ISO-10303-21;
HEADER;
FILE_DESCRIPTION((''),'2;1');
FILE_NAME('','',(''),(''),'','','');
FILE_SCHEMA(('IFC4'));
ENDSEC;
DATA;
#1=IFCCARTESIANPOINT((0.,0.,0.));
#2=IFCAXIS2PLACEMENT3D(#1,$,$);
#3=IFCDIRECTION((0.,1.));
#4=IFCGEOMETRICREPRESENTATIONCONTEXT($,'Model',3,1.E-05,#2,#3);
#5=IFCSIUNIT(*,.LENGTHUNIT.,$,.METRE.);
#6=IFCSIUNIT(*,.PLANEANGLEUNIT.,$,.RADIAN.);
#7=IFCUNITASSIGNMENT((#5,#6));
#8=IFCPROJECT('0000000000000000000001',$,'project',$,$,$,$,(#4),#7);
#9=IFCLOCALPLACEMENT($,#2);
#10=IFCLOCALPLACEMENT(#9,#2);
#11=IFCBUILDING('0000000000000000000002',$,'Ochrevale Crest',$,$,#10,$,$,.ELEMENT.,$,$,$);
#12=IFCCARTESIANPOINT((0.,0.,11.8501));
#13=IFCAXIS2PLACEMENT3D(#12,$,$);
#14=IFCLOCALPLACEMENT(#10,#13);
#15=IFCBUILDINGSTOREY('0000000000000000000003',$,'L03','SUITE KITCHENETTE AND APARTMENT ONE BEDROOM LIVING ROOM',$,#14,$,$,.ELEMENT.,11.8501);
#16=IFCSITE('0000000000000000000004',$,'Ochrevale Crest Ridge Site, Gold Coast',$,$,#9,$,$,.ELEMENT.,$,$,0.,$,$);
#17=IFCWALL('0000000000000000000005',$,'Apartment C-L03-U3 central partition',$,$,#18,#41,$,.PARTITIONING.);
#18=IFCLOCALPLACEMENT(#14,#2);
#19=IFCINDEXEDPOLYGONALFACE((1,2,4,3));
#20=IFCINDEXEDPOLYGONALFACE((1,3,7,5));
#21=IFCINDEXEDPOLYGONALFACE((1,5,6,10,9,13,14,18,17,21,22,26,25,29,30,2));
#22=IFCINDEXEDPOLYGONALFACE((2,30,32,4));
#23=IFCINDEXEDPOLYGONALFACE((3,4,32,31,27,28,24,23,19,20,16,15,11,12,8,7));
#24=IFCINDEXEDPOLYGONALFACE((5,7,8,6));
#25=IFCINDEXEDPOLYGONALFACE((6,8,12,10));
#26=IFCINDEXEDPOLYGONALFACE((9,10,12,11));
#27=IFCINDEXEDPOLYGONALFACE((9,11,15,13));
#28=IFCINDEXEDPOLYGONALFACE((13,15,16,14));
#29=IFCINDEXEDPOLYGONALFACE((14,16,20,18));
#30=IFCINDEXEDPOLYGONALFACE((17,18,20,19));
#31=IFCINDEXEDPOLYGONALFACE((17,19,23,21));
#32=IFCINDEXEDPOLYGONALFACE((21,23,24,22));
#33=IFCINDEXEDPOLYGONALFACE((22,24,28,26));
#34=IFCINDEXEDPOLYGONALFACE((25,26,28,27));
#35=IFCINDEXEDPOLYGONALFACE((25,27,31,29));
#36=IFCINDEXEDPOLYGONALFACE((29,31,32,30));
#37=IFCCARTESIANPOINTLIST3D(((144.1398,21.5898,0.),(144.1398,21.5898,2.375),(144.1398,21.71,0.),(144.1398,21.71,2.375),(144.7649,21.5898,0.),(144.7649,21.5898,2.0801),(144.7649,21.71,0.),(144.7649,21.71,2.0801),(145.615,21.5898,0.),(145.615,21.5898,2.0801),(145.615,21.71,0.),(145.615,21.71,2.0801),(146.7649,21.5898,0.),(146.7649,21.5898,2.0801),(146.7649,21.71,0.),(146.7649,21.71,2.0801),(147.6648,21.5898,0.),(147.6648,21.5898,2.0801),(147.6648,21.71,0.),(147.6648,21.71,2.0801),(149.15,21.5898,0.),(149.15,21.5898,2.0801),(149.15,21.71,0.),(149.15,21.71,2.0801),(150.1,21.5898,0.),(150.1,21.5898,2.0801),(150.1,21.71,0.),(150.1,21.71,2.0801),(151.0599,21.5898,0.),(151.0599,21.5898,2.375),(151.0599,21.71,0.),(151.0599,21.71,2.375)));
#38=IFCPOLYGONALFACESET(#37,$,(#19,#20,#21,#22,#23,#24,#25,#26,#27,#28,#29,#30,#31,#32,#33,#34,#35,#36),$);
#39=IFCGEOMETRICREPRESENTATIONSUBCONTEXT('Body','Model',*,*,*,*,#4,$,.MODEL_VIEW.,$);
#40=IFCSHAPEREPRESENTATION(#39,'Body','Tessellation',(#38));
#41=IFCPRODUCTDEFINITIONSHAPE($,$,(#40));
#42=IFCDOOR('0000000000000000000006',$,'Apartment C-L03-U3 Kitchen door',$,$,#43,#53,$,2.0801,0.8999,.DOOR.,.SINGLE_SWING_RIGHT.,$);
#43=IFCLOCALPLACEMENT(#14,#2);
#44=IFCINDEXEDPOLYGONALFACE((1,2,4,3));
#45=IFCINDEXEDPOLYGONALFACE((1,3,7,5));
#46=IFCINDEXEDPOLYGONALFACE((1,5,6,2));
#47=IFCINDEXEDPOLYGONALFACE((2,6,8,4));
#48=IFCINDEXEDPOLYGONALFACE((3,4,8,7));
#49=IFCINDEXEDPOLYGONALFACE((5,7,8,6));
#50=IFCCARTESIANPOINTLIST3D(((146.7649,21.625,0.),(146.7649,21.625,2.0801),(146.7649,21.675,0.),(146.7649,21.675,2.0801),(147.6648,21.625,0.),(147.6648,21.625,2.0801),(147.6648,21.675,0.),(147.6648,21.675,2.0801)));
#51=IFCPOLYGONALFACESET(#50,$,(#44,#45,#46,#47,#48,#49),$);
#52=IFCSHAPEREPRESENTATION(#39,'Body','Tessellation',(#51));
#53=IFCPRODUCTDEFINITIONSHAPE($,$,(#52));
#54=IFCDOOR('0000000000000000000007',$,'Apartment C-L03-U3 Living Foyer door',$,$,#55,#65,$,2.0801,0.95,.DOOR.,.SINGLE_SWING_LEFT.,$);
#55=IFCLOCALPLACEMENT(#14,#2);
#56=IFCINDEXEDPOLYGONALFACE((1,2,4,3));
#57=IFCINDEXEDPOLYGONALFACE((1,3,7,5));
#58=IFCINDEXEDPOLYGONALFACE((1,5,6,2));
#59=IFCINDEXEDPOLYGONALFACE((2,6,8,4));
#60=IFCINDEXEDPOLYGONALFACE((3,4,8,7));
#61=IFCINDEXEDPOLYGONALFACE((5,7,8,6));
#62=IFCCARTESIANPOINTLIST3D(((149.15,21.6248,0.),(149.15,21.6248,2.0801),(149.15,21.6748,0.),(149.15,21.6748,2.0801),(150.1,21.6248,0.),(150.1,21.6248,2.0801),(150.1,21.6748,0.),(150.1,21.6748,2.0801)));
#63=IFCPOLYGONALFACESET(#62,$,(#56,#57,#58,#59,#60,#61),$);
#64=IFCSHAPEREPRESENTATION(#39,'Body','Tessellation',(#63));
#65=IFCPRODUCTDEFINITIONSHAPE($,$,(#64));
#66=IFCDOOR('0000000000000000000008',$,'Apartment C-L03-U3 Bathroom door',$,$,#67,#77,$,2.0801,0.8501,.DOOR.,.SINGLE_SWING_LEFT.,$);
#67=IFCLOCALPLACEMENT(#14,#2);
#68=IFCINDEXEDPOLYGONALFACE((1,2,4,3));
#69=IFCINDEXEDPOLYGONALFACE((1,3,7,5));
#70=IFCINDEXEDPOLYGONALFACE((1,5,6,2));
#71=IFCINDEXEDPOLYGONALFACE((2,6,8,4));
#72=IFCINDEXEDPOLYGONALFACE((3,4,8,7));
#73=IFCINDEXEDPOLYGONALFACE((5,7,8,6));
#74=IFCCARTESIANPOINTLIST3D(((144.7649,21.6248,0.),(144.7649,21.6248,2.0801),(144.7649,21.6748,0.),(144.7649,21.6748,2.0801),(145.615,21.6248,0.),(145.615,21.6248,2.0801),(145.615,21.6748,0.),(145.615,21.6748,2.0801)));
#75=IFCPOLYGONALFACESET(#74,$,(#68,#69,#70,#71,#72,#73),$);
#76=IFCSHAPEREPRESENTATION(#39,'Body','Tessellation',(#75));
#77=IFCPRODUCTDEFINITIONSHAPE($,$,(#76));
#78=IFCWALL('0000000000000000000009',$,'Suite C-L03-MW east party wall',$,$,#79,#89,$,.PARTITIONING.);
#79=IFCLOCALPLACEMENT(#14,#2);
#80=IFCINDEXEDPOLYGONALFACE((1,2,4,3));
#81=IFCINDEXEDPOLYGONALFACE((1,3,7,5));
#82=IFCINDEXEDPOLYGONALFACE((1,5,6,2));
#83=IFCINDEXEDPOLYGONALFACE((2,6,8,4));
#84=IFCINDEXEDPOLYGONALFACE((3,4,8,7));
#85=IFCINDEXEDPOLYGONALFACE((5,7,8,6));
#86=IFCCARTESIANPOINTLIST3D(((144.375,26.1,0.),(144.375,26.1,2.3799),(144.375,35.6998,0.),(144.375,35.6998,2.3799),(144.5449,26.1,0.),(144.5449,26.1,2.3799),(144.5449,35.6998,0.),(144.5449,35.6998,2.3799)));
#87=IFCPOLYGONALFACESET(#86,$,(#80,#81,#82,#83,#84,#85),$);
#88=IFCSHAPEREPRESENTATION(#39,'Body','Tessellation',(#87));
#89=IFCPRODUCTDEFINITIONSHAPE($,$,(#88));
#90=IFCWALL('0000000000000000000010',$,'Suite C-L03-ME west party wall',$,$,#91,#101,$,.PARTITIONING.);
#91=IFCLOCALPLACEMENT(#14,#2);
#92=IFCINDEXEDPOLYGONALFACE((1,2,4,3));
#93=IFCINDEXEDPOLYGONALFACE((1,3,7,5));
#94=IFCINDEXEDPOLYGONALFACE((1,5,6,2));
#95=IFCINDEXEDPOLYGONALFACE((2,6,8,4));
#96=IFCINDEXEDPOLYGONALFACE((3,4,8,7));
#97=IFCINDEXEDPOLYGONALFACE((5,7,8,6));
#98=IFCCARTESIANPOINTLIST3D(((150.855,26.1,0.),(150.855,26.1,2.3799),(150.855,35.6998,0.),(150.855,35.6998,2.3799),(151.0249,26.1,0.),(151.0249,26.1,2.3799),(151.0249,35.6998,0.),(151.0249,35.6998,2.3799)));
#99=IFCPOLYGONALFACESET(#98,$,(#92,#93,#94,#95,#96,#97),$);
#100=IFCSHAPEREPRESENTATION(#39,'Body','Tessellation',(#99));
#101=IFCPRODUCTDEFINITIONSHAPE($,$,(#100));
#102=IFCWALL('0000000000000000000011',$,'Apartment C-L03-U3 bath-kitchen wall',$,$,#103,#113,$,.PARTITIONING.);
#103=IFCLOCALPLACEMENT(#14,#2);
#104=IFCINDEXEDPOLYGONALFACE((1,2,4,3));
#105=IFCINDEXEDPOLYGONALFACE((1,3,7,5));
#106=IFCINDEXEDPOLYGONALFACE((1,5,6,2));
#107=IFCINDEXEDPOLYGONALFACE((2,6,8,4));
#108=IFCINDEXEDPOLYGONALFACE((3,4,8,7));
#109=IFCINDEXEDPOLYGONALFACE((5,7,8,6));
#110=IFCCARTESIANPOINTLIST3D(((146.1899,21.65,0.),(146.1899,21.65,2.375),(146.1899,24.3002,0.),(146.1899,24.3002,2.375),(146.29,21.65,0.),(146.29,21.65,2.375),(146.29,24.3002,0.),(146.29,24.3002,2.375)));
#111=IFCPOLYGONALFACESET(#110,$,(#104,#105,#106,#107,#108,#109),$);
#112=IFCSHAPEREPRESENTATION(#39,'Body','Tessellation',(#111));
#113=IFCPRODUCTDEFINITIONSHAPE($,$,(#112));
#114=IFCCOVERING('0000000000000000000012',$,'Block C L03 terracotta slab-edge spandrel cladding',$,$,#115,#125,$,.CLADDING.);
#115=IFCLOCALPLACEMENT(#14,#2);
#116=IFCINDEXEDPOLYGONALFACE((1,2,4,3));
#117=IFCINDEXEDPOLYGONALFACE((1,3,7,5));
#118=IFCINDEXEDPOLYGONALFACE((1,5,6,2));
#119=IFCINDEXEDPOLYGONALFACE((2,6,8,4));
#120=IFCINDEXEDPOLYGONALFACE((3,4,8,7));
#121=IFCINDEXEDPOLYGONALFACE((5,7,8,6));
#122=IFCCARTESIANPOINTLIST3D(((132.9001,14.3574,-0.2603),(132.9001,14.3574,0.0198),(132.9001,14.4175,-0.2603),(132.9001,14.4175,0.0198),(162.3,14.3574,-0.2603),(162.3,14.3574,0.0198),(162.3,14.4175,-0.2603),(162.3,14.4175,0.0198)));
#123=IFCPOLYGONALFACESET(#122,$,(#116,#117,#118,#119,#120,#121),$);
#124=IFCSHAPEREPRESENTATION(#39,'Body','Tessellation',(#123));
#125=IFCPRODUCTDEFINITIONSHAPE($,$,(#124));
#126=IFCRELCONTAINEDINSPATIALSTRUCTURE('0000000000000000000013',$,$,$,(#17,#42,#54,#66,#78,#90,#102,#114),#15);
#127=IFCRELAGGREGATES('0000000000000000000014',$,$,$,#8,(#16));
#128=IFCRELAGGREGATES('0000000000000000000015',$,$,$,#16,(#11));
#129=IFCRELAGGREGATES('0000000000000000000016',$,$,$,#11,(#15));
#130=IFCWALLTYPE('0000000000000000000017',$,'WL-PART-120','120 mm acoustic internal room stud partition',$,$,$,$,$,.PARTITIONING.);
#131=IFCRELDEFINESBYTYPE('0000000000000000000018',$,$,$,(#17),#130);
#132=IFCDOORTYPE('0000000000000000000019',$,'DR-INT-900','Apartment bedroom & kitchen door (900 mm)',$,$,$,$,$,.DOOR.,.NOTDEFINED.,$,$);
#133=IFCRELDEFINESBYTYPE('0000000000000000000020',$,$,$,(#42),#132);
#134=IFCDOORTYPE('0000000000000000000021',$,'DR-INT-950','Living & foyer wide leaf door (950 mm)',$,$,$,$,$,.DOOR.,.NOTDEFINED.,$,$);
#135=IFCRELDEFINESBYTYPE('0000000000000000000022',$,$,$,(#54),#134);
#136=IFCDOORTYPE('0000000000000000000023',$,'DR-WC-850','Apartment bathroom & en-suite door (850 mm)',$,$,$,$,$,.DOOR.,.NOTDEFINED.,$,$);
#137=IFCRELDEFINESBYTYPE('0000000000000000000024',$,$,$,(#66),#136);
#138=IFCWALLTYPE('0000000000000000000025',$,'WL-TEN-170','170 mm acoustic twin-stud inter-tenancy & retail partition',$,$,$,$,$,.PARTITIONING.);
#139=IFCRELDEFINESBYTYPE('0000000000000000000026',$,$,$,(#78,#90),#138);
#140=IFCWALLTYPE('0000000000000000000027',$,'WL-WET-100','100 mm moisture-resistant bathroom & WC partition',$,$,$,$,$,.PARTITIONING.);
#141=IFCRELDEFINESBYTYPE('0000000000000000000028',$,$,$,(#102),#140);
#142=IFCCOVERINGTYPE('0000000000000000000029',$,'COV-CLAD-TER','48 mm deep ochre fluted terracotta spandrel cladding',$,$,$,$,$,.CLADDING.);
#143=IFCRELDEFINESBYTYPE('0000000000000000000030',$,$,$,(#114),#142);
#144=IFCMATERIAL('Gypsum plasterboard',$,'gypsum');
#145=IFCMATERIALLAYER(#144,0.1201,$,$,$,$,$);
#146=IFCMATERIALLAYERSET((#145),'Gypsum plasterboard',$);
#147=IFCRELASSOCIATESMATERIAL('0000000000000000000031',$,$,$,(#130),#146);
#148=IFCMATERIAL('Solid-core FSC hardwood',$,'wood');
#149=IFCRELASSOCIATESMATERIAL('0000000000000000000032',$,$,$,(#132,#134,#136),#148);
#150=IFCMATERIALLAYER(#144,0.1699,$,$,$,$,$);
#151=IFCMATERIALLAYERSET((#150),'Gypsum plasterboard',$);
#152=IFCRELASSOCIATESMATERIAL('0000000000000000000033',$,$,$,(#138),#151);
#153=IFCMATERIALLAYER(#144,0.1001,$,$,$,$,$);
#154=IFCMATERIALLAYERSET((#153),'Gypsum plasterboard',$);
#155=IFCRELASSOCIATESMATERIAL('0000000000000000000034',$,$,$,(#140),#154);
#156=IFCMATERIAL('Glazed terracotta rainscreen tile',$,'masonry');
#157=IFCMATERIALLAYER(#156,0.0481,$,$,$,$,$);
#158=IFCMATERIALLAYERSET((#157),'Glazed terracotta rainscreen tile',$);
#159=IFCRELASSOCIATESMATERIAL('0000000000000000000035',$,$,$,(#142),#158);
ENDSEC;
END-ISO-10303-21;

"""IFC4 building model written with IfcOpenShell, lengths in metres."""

from ifc_helpers import new_model, si_unit, direction, frame, frame_2d, origin, origin_2d, place, context, subcontext, project, spatial, rectangle, extrude, material, layer, layer_set, type_object, element, fill, save


model = new_model("IFC4")

# Units and contexts
model_context = context("Model", 3, precision=1e-05, world=origin(), true_north=direction((0.0, 1.0)))
body_context = subcontext(model_context, "Body", "Model", "MODEL_VIEW")
ifc_project = project(units=[si_unit("LENGTHUNIT", "METRE"), si_unit("PLANEANGLEUNIT", "RADIAN")], contexts=[model_context])

# Site, building, storey
site_placement = place(None, origin())
site = spatial("IfcSite", under=ifc_project, at=site_placement, Name="Ochrevale Crest Ridge Site, Gold Coast", CompositionType="ELEMENT", RefElevation=0.0)
building_placement = place(site_placement, origin())
building = spatial("IfcBuilding", under=site, at=building_placement, Name="Ochrevale Crest", CompositionType="ELEMENT")
storey_placement = place(building_placement, frame((0.0, 0.0, 11.8501)))
storey = spatial("IfcBuildingStorey", under=building, at=storey_placement, Name="L03", Description="SUITE KITCHENETTE AND APARTMENT ONE BEDROOM LIVING ROOM", CompositionType="ELEMENT", Elevation=11.8501)

# Shared definitions
ifc_material_1 = material(Name="Gypsum plasterboard", Category="gypsum")
ifc_material_2 = material(Name="Solid-core FSC hardwood", Category="wood")

# Shared definitions
ifc_layer_1 = layer(ifc_material_1, 0.1201)
ifc_layer_set_1 = layer_set([ifc_layer_1], Name="Gypsum plasterboard")
wall_type_1 = type_object("IfcWallType", Name="WL-PART-120", Description="120 mm acoustic internal room stud partition", PredefinedType="PARTITIONING", material=ifc_layer_set_1)

# Wall, openings, doors
wall_1_placement = place(storey_placement, frame((144.1399, 21.6499, 0.0), z_axis=(0.0, 0.0, 1.0), x_axis=(1.0, 0.0, 0.0)))
wall_1 = element("IfcWall", 1, at=wall_1_placement, inside=storey, type_object=wall_type_1, Name="Apartment C-L03-U3 central partition", PredefinedType="PARTITIONING", context=body_context, shape_type="SweptSolid", body=[
    extrude(rectangle(XDim=6.9202, YDim=0.1201, at=frame_2d((3.46, 0.0))), origin(), (0.0, 0.0, 1.0), 2.375),
])
opening_1_placement = place(wall_1_placement, frame((0.625, 0.0, 0.0)))
opening_1 = element("IfcOpeningElement", 2, at=opening_1_placement, cuts=wall_1, PredefinedType="OPENING", context=body_context, shape_type="SweptSolid", body=[
    extrude(rectangle(XDim=0.8501, YDim=2.0801, at=frame_2d((0.425, 1.04))), frame((0.0, 0.0701, 0.0), z_axis=(0.0, -1.0, 0.0), x_axis=(1.0, 0.0, 0.0)), (0.0, 0.0, 1.0), 0.1401),
])
opening_2_placement = place(wall_1_placement, frame((3.5249, 0.0, 0.0), z_axis=(0.0, 0.0, 1.0), x_axis=(-1.0, 0.0, 0.0)))
opening_2 = element("IfcOpeningElement", 3, at=opening_2_placement, cuts=wall_1, PredefinedType="OPENING", context=body_context, shape_type="SweptSolid", body=[
    extrude(rectangle(XDim=0.8999, YDim=2.0801, at=frame_2d((0.45, 1.04))), frame((0.0, 0.0701, 0.0), z_axis=(0.0, -1.0, 0.0), x_axis=(1.0, 0.0, 0.0)), (0.0, 0.0, 1.0), 0.1401),
])
opening_3_placement = place(wall_1_placement, frame((5.01, 0.0, 0.0)))
opening_3 = element("IfcOpeningElement", 4, at=opening_3_placement, cuts=wall_1, PredefinedType="OPENING", context=body_context, shape_type="SweptSolid", body=[
    extrude(rectangle(XDim=0.95, YDim=2.0801, at=frame_2d((0.4751, 1.04))), frame((0.0, 0.0701, 0.0), z_axis=(0.0, -1.0, 0.0), x_axis=(1.0, 0.0, 0.0)), (0.0, 0.0, 1.0), 0.1401),
])
door_type_1 = type_object("IfcDoorType", Name="DR-INT-900", Description="Apartment bedroom & kitchen door (900 mm)", OperationType="NOTDEFINED", PredefinedType="DOOR", material=ifc_material_2)
door_1_placement = place(opening_2_placement, origin())
door_1 = element("IfcDoor", 5, at=door_1_placement, inside=storey, type_object=door_type_1, Name="Apartment C-L03-U3 Kitchen door", OperationType="SINGLE_SWING_RIGHT", OverallHeight=2.0801, OverallWidth=0.8999, PredefinedType="DOOR", context=body_context, shape_type="SweptSolid", body=[
    extrude(rectangle(XDim=0.8999, YDim=2.0801, at=frame_2d((0.45, 1.04))), frame((0.0, 0.0249, 0.0), z_axis=(0.0, -1.0, 0.0), x_axis=(1.0, 0.0, 0.0)), (0.0, 0.0, 1.0), 0.05),
])
fill(opening_2, door_1)
door_type_2 = type_object("IfcDoorType", Name="DR-INT-950", Description="Living & foyer wide leaf door (950 mm)", OperationType="NOTDEFINED", PredefinedType="DOOR", material=ifc_material_2)
door_2_placement = place(opening_3_placement, origin())
door_2 = element("IfcDoor", 6, at=door_2_placement, inside=storey, type_object=door_type_2, Name="Apartment C-L03-U3 Living Foyer door", OperationType="SINGLE_SWING_LEFT", OverallHeight=2.0801, OverallWidth=0.95, PredefinedType="DOOR", context=body_context, shape_type="SweptSolid", body=[
    extrude(rectangle(XDim=0.95, YDim=2.0801, at=frame_2d((0.4751, 1.04))), frame((0.0, 0.0249, 0.0), z_axis=(0.0, -1.0, 0.0), x_axis=(1.0, 0.0, 0.0)), (0.0, 0.0, 1.0), 0.05),
])
fill(opening_3, door_2)
door_type_3 = type_object("IfcDoorType", Name="DR-WC-850", Description="Apartment bathroom & en-suite door (850 mm)", OperationType="NOTDEFINED", PredefinedType="DOOR", material=ifc_material_2)
door_3_placement = place(opening_1_placement, origin())
door_3 = element("IfcDoor", 7, at=door_3_placement, inside=storey, type_object=door_type_3, Name="Apartment C-L03-U3 Bathroom door", OperationType="SINGLE_SWING_LEFT", OverallHeight=2.0801, OverallWidth=0.8501, PredefinedType="DOOR", context=body_context, shape_type="SweptSolid", body=[
    extrude(rectangle(XDim=0.8501, YDim=2.0801, at=frame_2d((0.425, 1.04))), frame((0.0, 0.0249, 0.0), z_axis=(0.0, -1.0, 0.0), x_axis=(1.0, 0.0, 0.0)), (0.0, 0.0, 1.0), 0.05),
])
fill(opening_1, door_3)

# Walls
ifc_layer_2 = layer(ifc_material_1, 0.1699)
ifc_layer_set_2 = layer_set([ifc_layer_2], Name="Gypsum plasterboard")
wall_type_2 = type_object("IfcWallType", Name="WL-TEN-170", Description="170 mm acoustic twin-stud inter-tenancy & retail partition", PredefinedType="PARTITIONING", material=ifc_layer_set_2)
for number, where, z_axis, x_axis, name in (
    (8, (144.46, 26.1001, 0.0), (0.0, 0.0, 1.0), (0.0, 1.0, 0.0), "Suite C-L03-MW east party wall"),
    (9, (150.9399, 26.1001, 0.0), (0.0, 0.0, 1.0), (0.0, 1.0, 0.0), "Suite C-L03-ME west party wall"),
):
    element("IfcWall", number, at=place(storey_placement, frame(where, z_axis=z_axis, x_axis=x_axis)), inside=storey, type_object=wall_type_2, Name=name, PredefinedType="PARTITIONING", context=body_context, shape_type="SweptSolid", body=[
        extrude(rectangle(XDim=9.5999, YDim=0.1699, at=frame_2d((4.7998, 0.0))), origin(), (0.0, 0.0, 1.0), 2.3799),
    ])
ifc_layer_3 = layer(ifc_material_1, 0.1001)
ifc_layer_set_3 = layer_set([ifc_layer_3], Name="Gypsum plasterboard")
wall_type_3 = type_object("IfcWallType", Name="WL-WET-100", Description="100 mm moisture-resistant bathroom & WC partition", PredefinedType="PARTITIONING", material=ifc_layer_set_3)
wall_2_placement = place(storey_placement, frame((146.24, 21.6499, 0.0), z_axis=(0.0, 0.0, 1.0), x_axis=(0.0, 1.0, 0.0)))
element("IfcWall", 10, at=wall_2_placement, inside=storey, type_object=wall_type_3, Name="Apartment C-L03-U3 bath-kitchen wall", PredefinedType="PARTITIONING", context=body_context, shape_type="SweptSolid", body=[
    extrude(rectangle(XDim=2.6501, YDim=0.1001, at=frame_2d((1.3252, 0.0))), origin(), (0.0, 0.0, 1.0), 2.375),
])

# Covering
ifc_material_3 = material(Name="Glazed terracotta rainscreen tile", Category="masonry")
ifc_layer_4 = layer(ifc_material_3, 0.0481)
ifc_layer_set_4 = layer_set([ifc_layer_4], Name="Glazed terracotta rainscreen tile")
covering_type = type_object("IfcCoveringType", Name="COV-CLAD-TER", Description="48 mm deep ochre fluted terracotta spandrel cladding", PredefinedType="CLADDING", material=ifc_layer_set_4)
covering_placement = place(storey_placement, frame((147.6001, 14.3875, -0.2603), z_axis=(0.0, 0.0, 1.0), x_axis=(1.0, 0.0, 0.0)))
element("IfcCovering", 11, at=covering_placement, inside=storey, type_object=covering_type, Name="Block C L03 terracotta slab-edge spandrel cladding", PredefinedType="CLADDING", context=body_context, shape_type="SweptSolid", body=[
    extrude(rectangle(XDim=29.3999, YDim=0.0601, at=origin_2d()), origin(), (0.0, 0.0, 1.0), 0.28),
])

save(model, "model.ifc")
